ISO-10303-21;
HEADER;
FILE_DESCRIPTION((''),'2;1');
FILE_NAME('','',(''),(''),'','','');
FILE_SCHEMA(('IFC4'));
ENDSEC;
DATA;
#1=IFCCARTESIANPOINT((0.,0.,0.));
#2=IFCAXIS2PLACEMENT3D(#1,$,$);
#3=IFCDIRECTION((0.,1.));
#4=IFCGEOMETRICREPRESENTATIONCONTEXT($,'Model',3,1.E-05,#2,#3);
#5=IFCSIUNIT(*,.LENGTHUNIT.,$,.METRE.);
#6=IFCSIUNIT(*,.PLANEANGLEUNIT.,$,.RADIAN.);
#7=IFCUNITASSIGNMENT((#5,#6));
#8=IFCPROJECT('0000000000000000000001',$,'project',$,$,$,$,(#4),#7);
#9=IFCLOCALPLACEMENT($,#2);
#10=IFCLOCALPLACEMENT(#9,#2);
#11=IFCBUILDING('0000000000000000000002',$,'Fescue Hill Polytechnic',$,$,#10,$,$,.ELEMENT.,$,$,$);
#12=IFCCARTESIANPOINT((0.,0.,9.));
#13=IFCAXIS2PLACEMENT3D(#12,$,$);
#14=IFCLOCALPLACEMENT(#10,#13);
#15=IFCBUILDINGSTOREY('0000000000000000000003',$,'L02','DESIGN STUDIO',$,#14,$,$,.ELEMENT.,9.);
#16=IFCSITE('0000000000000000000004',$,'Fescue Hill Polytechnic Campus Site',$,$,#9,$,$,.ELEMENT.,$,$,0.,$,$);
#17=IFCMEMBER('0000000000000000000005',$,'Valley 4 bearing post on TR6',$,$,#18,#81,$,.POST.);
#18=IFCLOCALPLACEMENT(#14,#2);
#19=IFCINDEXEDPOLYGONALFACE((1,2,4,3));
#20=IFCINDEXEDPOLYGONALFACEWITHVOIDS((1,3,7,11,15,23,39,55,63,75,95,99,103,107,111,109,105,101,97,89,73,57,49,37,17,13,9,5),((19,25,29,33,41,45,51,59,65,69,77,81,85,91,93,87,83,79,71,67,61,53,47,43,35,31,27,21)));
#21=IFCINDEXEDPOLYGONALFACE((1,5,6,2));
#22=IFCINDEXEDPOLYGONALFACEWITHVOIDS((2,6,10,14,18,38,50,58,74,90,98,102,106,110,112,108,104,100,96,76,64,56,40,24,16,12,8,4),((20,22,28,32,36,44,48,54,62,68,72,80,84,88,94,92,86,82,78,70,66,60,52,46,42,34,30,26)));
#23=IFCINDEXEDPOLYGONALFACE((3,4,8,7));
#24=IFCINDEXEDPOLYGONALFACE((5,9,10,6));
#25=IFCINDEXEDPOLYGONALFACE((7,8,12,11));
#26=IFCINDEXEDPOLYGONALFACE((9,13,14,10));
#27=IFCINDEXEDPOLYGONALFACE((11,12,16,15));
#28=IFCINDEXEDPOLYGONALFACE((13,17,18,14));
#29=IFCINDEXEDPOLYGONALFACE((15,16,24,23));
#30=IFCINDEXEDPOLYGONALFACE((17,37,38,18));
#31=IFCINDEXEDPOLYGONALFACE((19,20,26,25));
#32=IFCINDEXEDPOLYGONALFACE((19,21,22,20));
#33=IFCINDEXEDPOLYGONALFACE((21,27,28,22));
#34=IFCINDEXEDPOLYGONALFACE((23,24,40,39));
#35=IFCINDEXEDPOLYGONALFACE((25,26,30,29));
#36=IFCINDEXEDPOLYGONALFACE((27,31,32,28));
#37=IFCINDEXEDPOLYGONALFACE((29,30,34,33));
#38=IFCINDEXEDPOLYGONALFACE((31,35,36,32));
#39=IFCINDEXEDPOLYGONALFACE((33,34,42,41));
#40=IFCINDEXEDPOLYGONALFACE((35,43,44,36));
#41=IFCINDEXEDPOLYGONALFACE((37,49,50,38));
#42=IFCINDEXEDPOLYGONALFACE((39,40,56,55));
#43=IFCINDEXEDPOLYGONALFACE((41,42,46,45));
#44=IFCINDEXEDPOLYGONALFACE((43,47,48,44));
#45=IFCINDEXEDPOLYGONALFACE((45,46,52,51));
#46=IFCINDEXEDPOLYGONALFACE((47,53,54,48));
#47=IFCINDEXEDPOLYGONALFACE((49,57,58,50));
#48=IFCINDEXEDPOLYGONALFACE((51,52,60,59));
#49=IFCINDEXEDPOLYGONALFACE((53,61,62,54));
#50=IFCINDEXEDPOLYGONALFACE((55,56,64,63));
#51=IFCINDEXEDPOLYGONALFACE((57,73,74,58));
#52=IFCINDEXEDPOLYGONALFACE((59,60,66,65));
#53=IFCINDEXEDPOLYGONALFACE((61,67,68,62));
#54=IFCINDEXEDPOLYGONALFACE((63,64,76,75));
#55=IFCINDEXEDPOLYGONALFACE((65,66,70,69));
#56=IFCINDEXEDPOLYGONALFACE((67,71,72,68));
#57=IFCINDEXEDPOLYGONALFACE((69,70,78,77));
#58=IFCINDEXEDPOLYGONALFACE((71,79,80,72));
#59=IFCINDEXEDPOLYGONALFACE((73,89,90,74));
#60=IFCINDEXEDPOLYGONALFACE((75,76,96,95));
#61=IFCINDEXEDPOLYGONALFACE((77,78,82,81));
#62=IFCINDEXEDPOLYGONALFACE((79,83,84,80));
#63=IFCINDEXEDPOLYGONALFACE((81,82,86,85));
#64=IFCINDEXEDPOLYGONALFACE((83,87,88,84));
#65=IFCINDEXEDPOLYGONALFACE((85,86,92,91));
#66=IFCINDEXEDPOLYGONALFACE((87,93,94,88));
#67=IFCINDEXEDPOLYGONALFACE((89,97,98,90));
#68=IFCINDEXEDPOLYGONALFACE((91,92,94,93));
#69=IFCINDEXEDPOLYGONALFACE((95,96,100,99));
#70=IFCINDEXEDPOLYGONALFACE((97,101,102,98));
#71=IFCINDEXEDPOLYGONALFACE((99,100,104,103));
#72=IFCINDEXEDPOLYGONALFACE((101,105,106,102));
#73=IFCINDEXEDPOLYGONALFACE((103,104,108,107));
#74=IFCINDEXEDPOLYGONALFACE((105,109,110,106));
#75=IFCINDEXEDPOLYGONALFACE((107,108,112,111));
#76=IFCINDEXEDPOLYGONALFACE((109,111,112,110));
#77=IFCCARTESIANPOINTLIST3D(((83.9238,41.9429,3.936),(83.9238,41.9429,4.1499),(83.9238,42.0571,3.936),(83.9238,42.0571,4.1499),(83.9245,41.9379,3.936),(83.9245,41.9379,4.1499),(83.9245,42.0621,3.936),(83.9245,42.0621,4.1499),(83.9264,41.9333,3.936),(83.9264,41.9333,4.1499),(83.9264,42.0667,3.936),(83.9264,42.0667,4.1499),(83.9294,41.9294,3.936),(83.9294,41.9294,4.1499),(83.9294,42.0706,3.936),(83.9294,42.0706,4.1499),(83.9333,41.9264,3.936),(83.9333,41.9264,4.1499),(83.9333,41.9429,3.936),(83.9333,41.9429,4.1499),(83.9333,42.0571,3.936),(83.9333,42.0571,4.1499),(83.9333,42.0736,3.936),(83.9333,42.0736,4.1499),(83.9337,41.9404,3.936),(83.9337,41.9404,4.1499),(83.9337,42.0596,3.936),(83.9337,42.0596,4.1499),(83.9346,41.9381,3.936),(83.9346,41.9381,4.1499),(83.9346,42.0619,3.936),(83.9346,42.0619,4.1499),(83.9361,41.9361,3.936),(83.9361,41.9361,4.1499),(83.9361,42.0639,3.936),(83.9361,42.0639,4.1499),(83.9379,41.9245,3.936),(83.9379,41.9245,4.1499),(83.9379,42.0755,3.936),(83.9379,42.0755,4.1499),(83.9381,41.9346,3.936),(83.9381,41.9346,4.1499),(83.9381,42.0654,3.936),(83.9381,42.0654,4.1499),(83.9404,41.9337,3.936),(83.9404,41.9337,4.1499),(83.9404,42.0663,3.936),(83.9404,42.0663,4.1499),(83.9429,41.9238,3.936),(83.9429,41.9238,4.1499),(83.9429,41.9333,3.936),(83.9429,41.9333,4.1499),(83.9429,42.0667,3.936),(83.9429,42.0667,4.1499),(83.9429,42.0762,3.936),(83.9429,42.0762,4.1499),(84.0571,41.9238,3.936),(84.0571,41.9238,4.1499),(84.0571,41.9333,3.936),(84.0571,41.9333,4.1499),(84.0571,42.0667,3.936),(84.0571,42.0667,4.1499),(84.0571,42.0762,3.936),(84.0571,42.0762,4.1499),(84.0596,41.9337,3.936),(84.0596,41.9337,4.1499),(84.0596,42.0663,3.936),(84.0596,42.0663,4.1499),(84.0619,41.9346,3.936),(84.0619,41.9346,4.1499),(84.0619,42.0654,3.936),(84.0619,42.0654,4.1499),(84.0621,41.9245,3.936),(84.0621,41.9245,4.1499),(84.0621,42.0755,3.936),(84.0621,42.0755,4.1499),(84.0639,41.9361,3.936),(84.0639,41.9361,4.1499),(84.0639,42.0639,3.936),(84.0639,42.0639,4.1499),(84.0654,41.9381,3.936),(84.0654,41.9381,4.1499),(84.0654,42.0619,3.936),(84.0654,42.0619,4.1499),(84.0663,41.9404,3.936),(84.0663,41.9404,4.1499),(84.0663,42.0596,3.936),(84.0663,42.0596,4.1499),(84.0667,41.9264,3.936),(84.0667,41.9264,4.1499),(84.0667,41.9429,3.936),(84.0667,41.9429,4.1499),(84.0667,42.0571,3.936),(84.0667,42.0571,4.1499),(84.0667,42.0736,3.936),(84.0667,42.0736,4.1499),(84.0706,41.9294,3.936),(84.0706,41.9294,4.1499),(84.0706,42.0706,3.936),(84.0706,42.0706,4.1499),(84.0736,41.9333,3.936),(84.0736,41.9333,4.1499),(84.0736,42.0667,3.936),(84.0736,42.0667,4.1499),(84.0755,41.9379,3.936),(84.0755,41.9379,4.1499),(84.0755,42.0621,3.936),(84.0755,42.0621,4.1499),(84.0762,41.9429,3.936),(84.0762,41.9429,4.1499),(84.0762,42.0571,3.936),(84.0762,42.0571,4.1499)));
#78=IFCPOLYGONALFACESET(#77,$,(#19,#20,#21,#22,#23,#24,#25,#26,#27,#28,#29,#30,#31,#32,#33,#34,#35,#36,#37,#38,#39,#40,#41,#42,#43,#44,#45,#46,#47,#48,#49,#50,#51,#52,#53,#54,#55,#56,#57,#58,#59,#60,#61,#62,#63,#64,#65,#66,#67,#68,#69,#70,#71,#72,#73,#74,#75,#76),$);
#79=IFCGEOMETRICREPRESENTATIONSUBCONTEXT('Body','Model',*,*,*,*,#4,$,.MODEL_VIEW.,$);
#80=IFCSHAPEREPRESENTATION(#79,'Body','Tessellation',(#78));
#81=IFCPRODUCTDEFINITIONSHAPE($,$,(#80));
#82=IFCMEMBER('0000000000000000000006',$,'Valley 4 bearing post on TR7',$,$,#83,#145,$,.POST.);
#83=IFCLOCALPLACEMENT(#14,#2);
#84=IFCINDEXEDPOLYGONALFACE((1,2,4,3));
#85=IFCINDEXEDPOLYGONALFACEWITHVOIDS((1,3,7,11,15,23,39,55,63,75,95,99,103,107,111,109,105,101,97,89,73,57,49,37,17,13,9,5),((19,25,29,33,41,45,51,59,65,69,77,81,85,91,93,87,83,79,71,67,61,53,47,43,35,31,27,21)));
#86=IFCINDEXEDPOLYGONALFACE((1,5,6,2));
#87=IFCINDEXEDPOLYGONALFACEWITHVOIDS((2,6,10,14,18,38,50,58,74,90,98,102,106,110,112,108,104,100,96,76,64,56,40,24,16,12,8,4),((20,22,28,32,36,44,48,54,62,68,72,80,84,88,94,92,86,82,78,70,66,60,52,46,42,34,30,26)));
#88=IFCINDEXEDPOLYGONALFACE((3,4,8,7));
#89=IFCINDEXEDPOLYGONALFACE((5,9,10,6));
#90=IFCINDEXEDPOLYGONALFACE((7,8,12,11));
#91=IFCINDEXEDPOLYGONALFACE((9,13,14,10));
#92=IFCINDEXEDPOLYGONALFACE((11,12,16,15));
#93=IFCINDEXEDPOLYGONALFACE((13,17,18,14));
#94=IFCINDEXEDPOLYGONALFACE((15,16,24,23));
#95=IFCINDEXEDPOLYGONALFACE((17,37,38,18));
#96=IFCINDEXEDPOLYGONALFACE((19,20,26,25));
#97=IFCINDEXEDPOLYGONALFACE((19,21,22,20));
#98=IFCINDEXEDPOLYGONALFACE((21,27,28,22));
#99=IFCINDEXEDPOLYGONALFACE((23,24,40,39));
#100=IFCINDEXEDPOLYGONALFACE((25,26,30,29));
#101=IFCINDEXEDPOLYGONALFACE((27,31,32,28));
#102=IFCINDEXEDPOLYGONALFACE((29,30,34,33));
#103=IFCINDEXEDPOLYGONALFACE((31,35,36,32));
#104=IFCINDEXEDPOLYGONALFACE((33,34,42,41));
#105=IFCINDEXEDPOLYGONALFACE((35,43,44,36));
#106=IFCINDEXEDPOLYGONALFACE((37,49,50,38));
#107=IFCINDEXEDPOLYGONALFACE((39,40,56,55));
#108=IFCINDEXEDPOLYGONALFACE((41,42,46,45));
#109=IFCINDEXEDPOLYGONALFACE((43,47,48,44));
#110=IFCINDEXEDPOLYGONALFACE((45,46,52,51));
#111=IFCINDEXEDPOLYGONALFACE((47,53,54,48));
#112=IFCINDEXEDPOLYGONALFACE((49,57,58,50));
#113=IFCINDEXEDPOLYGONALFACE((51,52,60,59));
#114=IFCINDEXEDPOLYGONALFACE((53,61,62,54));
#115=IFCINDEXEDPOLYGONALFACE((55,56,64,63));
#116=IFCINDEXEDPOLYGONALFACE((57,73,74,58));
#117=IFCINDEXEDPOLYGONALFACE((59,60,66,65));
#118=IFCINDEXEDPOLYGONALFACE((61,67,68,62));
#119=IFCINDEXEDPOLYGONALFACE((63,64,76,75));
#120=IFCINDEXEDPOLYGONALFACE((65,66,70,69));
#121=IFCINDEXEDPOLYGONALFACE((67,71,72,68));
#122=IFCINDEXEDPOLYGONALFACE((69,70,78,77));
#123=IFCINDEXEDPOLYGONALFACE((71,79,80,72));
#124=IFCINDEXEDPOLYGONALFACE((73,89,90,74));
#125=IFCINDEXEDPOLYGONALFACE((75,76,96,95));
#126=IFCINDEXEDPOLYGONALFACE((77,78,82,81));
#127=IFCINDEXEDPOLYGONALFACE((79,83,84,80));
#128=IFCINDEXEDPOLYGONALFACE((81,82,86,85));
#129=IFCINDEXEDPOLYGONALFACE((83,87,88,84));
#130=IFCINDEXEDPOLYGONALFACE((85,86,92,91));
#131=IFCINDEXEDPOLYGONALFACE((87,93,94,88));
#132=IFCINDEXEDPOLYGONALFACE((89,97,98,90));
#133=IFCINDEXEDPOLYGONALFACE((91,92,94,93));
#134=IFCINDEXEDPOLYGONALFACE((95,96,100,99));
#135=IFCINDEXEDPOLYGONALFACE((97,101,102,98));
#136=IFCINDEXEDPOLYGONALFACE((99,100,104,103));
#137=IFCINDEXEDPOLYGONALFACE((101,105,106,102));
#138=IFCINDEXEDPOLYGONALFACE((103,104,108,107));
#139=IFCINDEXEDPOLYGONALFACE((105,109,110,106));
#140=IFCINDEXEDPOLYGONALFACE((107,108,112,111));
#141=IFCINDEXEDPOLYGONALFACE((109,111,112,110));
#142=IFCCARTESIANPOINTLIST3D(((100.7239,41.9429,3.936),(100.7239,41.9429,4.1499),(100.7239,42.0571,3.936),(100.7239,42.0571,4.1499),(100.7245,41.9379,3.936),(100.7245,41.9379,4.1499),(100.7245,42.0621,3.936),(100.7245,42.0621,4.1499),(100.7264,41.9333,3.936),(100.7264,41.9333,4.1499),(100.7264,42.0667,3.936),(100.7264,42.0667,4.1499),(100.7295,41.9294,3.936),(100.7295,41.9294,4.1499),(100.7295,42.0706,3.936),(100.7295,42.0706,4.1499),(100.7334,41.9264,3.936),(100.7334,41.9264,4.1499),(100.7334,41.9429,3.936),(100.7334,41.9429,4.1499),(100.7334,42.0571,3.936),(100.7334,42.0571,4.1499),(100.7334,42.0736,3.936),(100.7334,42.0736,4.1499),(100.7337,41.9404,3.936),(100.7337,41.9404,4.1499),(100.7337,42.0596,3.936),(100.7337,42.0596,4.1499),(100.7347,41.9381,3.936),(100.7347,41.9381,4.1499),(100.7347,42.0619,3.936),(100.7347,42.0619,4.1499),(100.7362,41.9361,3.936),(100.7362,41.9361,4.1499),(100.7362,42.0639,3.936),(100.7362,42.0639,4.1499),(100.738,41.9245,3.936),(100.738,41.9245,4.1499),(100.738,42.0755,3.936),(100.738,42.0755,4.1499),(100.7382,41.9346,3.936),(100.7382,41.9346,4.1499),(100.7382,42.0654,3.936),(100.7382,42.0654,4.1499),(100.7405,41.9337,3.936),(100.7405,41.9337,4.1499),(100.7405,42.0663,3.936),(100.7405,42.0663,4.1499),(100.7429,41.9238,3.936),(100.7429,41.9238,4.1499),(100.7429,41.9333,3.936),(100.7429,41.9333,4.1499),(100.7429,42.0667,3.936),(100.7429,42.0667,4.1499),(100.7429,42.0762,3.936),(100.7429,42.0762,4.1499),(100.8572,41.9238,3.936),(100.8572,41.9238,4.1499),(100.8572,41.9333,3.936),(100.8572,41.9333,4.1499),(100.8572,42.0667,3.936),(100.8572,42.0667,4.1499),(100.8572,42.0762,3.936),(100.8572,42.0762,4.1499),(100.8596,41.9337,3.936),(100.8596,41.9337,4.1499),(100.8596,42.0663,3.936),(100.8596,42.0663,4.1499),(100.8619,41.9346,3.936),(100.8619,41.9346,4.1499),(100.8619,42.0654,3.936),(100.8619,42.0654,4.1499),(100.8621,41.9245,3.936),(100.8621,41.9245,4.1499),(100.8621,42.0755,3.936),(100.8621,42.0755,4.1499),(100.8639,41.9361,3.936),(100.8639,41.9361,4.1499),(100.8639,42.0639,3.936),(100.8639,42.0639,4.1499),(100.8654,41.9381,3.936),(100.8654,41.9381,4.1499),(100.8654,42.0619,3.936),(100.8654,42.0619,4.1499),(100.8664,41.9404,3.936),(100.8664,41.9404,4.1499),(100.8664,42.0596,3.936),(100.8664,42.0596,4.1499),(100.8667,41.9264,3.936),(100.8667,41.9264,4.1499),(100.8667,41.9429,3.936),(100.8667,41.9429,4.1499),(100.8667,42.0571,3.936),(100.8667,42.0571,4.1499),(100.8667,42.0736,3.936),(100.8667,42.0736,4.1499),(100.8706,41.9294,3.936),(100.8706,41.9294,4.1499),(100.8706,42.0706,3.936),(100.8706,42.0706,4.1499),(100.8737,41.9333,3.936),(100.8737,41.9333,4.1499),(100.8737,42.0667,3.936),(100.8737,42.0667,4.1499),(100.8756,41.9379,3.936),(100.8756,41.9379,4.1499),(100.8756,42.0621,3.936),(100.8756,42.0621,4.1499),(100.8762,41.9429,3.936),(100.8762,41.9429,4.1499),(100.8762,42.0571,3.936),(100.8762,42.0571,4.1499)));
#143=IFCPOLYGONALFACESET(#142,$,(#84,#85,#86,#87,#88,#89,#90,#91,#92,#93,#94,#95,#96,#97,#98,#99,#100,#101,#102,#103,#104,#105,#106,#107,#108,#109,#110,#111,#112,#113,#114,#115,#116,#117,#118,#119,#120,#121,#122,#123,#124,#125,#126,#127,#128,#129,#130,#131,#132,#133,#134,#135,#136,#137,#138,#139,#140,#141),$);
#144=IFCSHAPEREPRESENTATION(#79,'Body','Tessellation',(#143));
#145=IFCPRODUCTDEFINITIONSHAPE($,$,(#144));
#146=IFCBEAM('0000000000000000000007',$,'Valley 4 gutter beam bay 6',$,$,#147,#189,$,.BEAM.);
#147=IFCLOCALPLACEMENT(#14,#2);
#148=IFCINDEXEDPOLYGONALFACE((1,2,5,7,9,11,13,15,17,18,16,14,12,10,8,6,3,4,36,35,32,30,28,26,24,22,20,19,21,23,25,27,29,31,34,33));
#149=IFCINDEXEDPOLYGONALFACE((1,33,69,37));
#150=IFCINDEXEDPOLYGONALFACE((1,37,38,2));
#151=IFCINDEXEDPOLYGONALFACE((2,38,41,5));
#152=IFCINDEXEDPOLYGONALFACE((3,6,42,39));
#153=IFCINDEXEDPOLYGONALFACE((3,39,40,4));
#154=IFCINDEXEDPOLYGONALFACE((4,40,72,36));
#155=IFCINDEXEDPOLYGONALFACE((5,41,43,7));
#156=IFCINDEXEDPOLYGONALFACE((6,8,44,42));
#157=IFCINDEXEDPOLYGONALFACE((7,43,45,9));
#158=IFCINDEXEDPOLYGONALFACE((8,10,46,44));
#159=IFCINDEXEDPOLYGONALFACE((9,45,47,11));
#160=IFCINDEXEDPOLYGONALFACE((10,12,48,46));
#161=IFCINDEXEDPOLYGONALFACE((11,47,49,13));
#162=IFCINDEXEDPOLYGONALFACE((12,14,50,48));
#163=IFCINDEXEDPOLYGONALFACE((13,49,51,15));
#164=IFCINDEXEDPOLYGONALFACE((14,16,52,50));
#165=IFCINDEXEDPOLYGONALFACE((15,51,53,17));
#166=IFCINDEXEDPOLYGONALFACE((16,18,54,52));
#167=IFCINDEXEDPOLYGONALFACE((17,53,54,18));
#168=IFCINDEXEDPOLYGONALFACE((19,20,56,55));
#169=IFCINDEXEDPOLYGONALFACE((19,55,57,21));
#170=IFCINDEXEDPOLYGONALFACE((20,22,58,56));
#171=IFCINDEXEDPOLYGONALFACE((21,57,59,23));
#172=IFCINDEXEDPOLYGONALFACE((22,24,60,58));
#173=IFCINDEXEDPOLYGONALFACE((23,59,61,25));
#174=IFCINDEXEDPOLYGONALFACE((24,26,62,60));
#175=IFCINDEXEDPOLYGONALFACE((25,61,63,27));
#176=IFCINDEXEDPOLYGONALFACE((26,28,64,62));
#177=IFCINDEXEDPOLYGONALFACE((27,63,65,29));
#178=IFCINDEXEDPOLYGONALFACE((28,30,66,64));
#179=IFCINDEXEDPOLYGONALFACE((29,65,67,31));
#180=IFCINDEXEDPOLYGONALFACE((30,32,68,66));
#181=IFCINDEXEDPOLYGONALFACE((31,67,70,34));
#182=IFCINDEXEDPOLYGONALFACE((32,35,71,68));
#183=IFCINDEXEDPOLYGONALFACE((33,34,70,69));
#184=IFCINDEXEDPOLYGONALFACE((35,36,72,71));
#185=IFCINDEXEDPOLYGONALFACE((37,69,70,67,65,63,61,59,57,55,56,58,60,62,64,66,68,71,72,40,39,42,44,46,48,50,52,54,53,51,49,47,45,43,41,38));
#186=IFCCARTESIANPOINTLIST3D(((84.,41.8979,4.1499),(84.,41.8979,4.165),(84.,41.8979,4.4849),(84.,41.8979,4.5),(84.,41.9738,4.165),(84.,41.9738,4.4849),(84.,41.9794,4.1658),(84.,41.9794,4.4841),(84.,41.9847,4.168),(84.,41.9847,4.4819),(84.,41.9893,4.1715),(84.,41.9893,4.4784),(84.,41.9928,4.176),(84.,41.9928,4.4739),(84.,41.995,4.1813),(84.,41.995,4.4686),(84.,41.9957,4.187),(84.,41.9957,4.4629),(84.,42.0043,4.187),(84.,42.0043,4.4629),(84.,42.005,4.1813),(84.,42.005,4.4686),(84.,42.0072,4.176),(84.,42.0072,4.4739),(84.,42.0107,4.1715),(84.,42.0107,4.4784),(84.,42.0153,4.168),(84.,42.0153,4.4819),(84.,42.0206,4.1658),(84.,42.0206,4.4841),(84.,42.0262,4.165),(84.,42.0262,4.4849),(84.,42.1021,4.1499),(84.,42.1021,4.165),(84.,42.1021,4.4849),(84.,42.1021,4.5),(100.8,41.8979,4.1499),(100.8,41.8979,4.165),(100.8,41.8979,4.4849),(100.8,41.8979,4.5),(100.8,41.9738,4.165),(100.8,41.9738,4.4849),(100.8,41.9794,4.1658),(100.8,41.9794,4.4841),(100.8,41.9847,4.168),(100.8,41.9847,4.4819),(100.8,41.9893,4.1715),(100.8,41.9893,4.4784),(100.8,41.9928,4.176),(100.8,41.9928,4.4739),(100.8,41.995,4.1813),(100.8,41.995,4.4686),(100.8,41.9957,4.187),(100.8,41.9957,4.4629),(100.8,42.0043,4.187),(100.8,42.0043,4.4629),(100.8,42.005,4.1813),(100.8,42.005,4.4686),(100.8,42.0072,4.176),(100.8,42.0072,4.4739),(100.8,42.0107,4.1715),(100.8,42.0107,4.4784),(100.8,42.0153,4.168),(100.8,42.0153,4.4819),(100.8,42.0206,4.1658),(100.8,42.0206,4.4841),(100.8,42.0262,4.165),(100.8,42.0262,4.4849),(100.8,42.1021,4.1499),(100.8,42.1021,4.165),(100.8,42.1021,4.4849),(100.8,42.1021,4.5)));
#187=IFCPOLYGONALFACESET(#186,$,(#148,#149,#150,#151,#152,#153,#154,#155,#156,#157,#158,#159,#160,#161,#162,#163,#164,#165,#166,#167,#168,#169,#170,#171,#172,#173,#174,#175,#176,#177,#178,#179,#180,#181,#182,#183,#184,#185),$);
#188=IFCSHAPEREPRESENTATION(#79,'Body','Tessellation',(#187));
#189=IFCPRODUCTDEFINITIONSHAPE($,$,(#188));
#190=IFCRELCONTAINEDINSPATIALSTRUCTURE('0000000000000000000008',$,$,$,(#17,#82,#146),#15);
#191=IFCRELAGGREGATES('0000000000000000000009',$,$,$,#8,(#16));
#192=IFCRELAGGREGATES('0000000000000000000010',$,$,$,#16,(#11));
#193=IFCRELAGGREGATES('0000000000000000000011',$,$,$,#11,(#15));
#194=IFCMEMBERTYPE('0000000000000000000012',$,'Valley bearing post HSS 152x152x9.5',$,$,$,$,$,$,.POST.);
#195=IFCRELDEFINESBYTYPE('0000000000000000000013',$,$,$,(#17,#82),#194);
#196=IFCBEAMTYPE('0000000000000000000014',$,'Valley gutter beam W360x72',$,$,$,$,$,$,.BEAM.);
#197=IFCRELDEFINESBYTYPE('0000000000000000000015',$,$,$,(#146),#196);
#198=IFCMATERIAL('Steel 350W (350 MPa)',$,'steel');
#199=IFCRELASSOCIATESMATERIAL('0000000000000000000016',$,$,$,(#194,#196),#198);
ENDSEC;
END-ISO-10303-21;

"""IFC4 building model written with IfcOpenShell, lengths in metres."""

from ifc_helpers import new_model, si_unit, direction, frame, origin, origin_2d, place, context, subcontext, project, spatial, hollow_rectangle, i_section, extrude, material, material_profile, profile_set, type_object, element, save


model = new_model("IFC4")

# Units and contexts
model_context = context("Model", 3, precision=1e-05, world=origin(), true_north=direction((0.0, 1.0)))
body_context = subcontext(model_context, "Body", "Model", "MODEL_VIEW")
ifc_project = project(units=[si_unit("LENGTHUNIT", "METRE"), si_unit("PLANEANGLEUNIT", "RADIAN")], contexts=[model_context])

# Site, building, storey
site_placement = place(None, origin())
site = spatial("IfcSite", under=ifc_project, at=site_placement, Name="Fescue Hill Polytechnic Campus Site", CompositionType="ELEMENT", RefElevation=0.0)
building_placement = place(site_placement, origin())
building = spatial("IfcBuilding", under=site, at=building_placement, Name="Fescue Hill Polytechnic", CompositionType="ELEMENT")
storey_placement = place(building_placement, frame((0.0, 0.0, 9.0)))
storey = spatial("IfcBuildingStorey", under=building, at=storey_placement, Name="L02", Description="DESIGN STUDIO", CompositionType="ELEMENT", Elevation=9.0)

# Members
ifc_material = material(Name="Steel 350W (350 MPa)", Category="steel")
ifc_material_profile_1 = material_profile(ifc_material, hollow_rectangle(XDim=0.1523, YDim=0.1523, WallThickness=0.0095, InnerFilletRadius=0.0095, OuterFilletRadius=0.019, at=origin_2d()), Name="Valley bearing post HSS 152x152x9.5")
ifc_profile_set_1 = profile_set([ifc_material_profile_1], Name="Steel 350W (350 MPa)")
member_type_1 = type_object("IfcMemberType", Name="Valley bearing post HSS 152x152x9.5", PredefinedType="POST", material=ifc_profile_set_1)
for number, where, z_axis, x_axis, name in (
    (1, (84.0, 42.0, 3.936), (0.0, 0.0, 1.0), (1.0, 0.0, 0.0), "Valley 4 bearing post on TR6"),
    (2, (100.8, 42.0, 3.936), (0.0, 0.0, 1.0), (1.0, 0.0, 0.0), "Valley 4 bearing post on TR7"),
):
    element("IfcMember", number, at=place(storey_placement, frame(where, z_axis=z_axis, x_axis=x_axis)), inside=storey, type_object=member_type_1, Name=name, PredefinedType="POST", context=body_context, shape_type="SweptSolid", body=[
        extrude(hollow_rectangle(XDim=0.1523, YDim=0.1523, WallThickness=0.0095, InnerFilletRadius=0.0095, OuterFilletRadius=0.019, at=origin_2d()), origin(), (0.0, 0.0, 1.0), 0.2139),
    ])

# Beam
ifc_material_profile_2 = material_profile(ifc_material, i_section(OverallWidth=0.2041, OverallDepth=0.3501, WebThickness=0.0085, FlangeThickness=0.0151, FilletRadius=0.022, at=origin_2d()), Name="W360x72")
ifc_profile_set_2 = profile_set([ifc_material_profile_2], Name="Steel 350W (350 MPa)")
beam_type = type_object("IfcBeamType", Name="Valley gutter beam W360x72", PredefinedType="BEAM", material=ifc_profile_set_2)
beam_1_placement = place(storey_placement, frame((84.0, 42.0, 4.325), z_axis=(1.0, 0.0, 0.0), x_axis=(0.0, 1.0, 0.0)))
element("IfcBeam", 3, at=beam_1_placement, inside=storey, type_object=beam_type, Name="Valley 4 gutter beam bay 6", PredefinedType="BEAM", context=body_context, shape_type="SweptSolid", body=[
    extrude(i_section(OverallWidth=0.2041, OverallDepth=0.3501, WebThickness=0.0085, FlangeThickness=0.0151, FilletRadius=0.022, at=origin_2d()), origin(), (0.0, 0.0, 1.0), 16.8),
])

save(model, "model.ifc")
